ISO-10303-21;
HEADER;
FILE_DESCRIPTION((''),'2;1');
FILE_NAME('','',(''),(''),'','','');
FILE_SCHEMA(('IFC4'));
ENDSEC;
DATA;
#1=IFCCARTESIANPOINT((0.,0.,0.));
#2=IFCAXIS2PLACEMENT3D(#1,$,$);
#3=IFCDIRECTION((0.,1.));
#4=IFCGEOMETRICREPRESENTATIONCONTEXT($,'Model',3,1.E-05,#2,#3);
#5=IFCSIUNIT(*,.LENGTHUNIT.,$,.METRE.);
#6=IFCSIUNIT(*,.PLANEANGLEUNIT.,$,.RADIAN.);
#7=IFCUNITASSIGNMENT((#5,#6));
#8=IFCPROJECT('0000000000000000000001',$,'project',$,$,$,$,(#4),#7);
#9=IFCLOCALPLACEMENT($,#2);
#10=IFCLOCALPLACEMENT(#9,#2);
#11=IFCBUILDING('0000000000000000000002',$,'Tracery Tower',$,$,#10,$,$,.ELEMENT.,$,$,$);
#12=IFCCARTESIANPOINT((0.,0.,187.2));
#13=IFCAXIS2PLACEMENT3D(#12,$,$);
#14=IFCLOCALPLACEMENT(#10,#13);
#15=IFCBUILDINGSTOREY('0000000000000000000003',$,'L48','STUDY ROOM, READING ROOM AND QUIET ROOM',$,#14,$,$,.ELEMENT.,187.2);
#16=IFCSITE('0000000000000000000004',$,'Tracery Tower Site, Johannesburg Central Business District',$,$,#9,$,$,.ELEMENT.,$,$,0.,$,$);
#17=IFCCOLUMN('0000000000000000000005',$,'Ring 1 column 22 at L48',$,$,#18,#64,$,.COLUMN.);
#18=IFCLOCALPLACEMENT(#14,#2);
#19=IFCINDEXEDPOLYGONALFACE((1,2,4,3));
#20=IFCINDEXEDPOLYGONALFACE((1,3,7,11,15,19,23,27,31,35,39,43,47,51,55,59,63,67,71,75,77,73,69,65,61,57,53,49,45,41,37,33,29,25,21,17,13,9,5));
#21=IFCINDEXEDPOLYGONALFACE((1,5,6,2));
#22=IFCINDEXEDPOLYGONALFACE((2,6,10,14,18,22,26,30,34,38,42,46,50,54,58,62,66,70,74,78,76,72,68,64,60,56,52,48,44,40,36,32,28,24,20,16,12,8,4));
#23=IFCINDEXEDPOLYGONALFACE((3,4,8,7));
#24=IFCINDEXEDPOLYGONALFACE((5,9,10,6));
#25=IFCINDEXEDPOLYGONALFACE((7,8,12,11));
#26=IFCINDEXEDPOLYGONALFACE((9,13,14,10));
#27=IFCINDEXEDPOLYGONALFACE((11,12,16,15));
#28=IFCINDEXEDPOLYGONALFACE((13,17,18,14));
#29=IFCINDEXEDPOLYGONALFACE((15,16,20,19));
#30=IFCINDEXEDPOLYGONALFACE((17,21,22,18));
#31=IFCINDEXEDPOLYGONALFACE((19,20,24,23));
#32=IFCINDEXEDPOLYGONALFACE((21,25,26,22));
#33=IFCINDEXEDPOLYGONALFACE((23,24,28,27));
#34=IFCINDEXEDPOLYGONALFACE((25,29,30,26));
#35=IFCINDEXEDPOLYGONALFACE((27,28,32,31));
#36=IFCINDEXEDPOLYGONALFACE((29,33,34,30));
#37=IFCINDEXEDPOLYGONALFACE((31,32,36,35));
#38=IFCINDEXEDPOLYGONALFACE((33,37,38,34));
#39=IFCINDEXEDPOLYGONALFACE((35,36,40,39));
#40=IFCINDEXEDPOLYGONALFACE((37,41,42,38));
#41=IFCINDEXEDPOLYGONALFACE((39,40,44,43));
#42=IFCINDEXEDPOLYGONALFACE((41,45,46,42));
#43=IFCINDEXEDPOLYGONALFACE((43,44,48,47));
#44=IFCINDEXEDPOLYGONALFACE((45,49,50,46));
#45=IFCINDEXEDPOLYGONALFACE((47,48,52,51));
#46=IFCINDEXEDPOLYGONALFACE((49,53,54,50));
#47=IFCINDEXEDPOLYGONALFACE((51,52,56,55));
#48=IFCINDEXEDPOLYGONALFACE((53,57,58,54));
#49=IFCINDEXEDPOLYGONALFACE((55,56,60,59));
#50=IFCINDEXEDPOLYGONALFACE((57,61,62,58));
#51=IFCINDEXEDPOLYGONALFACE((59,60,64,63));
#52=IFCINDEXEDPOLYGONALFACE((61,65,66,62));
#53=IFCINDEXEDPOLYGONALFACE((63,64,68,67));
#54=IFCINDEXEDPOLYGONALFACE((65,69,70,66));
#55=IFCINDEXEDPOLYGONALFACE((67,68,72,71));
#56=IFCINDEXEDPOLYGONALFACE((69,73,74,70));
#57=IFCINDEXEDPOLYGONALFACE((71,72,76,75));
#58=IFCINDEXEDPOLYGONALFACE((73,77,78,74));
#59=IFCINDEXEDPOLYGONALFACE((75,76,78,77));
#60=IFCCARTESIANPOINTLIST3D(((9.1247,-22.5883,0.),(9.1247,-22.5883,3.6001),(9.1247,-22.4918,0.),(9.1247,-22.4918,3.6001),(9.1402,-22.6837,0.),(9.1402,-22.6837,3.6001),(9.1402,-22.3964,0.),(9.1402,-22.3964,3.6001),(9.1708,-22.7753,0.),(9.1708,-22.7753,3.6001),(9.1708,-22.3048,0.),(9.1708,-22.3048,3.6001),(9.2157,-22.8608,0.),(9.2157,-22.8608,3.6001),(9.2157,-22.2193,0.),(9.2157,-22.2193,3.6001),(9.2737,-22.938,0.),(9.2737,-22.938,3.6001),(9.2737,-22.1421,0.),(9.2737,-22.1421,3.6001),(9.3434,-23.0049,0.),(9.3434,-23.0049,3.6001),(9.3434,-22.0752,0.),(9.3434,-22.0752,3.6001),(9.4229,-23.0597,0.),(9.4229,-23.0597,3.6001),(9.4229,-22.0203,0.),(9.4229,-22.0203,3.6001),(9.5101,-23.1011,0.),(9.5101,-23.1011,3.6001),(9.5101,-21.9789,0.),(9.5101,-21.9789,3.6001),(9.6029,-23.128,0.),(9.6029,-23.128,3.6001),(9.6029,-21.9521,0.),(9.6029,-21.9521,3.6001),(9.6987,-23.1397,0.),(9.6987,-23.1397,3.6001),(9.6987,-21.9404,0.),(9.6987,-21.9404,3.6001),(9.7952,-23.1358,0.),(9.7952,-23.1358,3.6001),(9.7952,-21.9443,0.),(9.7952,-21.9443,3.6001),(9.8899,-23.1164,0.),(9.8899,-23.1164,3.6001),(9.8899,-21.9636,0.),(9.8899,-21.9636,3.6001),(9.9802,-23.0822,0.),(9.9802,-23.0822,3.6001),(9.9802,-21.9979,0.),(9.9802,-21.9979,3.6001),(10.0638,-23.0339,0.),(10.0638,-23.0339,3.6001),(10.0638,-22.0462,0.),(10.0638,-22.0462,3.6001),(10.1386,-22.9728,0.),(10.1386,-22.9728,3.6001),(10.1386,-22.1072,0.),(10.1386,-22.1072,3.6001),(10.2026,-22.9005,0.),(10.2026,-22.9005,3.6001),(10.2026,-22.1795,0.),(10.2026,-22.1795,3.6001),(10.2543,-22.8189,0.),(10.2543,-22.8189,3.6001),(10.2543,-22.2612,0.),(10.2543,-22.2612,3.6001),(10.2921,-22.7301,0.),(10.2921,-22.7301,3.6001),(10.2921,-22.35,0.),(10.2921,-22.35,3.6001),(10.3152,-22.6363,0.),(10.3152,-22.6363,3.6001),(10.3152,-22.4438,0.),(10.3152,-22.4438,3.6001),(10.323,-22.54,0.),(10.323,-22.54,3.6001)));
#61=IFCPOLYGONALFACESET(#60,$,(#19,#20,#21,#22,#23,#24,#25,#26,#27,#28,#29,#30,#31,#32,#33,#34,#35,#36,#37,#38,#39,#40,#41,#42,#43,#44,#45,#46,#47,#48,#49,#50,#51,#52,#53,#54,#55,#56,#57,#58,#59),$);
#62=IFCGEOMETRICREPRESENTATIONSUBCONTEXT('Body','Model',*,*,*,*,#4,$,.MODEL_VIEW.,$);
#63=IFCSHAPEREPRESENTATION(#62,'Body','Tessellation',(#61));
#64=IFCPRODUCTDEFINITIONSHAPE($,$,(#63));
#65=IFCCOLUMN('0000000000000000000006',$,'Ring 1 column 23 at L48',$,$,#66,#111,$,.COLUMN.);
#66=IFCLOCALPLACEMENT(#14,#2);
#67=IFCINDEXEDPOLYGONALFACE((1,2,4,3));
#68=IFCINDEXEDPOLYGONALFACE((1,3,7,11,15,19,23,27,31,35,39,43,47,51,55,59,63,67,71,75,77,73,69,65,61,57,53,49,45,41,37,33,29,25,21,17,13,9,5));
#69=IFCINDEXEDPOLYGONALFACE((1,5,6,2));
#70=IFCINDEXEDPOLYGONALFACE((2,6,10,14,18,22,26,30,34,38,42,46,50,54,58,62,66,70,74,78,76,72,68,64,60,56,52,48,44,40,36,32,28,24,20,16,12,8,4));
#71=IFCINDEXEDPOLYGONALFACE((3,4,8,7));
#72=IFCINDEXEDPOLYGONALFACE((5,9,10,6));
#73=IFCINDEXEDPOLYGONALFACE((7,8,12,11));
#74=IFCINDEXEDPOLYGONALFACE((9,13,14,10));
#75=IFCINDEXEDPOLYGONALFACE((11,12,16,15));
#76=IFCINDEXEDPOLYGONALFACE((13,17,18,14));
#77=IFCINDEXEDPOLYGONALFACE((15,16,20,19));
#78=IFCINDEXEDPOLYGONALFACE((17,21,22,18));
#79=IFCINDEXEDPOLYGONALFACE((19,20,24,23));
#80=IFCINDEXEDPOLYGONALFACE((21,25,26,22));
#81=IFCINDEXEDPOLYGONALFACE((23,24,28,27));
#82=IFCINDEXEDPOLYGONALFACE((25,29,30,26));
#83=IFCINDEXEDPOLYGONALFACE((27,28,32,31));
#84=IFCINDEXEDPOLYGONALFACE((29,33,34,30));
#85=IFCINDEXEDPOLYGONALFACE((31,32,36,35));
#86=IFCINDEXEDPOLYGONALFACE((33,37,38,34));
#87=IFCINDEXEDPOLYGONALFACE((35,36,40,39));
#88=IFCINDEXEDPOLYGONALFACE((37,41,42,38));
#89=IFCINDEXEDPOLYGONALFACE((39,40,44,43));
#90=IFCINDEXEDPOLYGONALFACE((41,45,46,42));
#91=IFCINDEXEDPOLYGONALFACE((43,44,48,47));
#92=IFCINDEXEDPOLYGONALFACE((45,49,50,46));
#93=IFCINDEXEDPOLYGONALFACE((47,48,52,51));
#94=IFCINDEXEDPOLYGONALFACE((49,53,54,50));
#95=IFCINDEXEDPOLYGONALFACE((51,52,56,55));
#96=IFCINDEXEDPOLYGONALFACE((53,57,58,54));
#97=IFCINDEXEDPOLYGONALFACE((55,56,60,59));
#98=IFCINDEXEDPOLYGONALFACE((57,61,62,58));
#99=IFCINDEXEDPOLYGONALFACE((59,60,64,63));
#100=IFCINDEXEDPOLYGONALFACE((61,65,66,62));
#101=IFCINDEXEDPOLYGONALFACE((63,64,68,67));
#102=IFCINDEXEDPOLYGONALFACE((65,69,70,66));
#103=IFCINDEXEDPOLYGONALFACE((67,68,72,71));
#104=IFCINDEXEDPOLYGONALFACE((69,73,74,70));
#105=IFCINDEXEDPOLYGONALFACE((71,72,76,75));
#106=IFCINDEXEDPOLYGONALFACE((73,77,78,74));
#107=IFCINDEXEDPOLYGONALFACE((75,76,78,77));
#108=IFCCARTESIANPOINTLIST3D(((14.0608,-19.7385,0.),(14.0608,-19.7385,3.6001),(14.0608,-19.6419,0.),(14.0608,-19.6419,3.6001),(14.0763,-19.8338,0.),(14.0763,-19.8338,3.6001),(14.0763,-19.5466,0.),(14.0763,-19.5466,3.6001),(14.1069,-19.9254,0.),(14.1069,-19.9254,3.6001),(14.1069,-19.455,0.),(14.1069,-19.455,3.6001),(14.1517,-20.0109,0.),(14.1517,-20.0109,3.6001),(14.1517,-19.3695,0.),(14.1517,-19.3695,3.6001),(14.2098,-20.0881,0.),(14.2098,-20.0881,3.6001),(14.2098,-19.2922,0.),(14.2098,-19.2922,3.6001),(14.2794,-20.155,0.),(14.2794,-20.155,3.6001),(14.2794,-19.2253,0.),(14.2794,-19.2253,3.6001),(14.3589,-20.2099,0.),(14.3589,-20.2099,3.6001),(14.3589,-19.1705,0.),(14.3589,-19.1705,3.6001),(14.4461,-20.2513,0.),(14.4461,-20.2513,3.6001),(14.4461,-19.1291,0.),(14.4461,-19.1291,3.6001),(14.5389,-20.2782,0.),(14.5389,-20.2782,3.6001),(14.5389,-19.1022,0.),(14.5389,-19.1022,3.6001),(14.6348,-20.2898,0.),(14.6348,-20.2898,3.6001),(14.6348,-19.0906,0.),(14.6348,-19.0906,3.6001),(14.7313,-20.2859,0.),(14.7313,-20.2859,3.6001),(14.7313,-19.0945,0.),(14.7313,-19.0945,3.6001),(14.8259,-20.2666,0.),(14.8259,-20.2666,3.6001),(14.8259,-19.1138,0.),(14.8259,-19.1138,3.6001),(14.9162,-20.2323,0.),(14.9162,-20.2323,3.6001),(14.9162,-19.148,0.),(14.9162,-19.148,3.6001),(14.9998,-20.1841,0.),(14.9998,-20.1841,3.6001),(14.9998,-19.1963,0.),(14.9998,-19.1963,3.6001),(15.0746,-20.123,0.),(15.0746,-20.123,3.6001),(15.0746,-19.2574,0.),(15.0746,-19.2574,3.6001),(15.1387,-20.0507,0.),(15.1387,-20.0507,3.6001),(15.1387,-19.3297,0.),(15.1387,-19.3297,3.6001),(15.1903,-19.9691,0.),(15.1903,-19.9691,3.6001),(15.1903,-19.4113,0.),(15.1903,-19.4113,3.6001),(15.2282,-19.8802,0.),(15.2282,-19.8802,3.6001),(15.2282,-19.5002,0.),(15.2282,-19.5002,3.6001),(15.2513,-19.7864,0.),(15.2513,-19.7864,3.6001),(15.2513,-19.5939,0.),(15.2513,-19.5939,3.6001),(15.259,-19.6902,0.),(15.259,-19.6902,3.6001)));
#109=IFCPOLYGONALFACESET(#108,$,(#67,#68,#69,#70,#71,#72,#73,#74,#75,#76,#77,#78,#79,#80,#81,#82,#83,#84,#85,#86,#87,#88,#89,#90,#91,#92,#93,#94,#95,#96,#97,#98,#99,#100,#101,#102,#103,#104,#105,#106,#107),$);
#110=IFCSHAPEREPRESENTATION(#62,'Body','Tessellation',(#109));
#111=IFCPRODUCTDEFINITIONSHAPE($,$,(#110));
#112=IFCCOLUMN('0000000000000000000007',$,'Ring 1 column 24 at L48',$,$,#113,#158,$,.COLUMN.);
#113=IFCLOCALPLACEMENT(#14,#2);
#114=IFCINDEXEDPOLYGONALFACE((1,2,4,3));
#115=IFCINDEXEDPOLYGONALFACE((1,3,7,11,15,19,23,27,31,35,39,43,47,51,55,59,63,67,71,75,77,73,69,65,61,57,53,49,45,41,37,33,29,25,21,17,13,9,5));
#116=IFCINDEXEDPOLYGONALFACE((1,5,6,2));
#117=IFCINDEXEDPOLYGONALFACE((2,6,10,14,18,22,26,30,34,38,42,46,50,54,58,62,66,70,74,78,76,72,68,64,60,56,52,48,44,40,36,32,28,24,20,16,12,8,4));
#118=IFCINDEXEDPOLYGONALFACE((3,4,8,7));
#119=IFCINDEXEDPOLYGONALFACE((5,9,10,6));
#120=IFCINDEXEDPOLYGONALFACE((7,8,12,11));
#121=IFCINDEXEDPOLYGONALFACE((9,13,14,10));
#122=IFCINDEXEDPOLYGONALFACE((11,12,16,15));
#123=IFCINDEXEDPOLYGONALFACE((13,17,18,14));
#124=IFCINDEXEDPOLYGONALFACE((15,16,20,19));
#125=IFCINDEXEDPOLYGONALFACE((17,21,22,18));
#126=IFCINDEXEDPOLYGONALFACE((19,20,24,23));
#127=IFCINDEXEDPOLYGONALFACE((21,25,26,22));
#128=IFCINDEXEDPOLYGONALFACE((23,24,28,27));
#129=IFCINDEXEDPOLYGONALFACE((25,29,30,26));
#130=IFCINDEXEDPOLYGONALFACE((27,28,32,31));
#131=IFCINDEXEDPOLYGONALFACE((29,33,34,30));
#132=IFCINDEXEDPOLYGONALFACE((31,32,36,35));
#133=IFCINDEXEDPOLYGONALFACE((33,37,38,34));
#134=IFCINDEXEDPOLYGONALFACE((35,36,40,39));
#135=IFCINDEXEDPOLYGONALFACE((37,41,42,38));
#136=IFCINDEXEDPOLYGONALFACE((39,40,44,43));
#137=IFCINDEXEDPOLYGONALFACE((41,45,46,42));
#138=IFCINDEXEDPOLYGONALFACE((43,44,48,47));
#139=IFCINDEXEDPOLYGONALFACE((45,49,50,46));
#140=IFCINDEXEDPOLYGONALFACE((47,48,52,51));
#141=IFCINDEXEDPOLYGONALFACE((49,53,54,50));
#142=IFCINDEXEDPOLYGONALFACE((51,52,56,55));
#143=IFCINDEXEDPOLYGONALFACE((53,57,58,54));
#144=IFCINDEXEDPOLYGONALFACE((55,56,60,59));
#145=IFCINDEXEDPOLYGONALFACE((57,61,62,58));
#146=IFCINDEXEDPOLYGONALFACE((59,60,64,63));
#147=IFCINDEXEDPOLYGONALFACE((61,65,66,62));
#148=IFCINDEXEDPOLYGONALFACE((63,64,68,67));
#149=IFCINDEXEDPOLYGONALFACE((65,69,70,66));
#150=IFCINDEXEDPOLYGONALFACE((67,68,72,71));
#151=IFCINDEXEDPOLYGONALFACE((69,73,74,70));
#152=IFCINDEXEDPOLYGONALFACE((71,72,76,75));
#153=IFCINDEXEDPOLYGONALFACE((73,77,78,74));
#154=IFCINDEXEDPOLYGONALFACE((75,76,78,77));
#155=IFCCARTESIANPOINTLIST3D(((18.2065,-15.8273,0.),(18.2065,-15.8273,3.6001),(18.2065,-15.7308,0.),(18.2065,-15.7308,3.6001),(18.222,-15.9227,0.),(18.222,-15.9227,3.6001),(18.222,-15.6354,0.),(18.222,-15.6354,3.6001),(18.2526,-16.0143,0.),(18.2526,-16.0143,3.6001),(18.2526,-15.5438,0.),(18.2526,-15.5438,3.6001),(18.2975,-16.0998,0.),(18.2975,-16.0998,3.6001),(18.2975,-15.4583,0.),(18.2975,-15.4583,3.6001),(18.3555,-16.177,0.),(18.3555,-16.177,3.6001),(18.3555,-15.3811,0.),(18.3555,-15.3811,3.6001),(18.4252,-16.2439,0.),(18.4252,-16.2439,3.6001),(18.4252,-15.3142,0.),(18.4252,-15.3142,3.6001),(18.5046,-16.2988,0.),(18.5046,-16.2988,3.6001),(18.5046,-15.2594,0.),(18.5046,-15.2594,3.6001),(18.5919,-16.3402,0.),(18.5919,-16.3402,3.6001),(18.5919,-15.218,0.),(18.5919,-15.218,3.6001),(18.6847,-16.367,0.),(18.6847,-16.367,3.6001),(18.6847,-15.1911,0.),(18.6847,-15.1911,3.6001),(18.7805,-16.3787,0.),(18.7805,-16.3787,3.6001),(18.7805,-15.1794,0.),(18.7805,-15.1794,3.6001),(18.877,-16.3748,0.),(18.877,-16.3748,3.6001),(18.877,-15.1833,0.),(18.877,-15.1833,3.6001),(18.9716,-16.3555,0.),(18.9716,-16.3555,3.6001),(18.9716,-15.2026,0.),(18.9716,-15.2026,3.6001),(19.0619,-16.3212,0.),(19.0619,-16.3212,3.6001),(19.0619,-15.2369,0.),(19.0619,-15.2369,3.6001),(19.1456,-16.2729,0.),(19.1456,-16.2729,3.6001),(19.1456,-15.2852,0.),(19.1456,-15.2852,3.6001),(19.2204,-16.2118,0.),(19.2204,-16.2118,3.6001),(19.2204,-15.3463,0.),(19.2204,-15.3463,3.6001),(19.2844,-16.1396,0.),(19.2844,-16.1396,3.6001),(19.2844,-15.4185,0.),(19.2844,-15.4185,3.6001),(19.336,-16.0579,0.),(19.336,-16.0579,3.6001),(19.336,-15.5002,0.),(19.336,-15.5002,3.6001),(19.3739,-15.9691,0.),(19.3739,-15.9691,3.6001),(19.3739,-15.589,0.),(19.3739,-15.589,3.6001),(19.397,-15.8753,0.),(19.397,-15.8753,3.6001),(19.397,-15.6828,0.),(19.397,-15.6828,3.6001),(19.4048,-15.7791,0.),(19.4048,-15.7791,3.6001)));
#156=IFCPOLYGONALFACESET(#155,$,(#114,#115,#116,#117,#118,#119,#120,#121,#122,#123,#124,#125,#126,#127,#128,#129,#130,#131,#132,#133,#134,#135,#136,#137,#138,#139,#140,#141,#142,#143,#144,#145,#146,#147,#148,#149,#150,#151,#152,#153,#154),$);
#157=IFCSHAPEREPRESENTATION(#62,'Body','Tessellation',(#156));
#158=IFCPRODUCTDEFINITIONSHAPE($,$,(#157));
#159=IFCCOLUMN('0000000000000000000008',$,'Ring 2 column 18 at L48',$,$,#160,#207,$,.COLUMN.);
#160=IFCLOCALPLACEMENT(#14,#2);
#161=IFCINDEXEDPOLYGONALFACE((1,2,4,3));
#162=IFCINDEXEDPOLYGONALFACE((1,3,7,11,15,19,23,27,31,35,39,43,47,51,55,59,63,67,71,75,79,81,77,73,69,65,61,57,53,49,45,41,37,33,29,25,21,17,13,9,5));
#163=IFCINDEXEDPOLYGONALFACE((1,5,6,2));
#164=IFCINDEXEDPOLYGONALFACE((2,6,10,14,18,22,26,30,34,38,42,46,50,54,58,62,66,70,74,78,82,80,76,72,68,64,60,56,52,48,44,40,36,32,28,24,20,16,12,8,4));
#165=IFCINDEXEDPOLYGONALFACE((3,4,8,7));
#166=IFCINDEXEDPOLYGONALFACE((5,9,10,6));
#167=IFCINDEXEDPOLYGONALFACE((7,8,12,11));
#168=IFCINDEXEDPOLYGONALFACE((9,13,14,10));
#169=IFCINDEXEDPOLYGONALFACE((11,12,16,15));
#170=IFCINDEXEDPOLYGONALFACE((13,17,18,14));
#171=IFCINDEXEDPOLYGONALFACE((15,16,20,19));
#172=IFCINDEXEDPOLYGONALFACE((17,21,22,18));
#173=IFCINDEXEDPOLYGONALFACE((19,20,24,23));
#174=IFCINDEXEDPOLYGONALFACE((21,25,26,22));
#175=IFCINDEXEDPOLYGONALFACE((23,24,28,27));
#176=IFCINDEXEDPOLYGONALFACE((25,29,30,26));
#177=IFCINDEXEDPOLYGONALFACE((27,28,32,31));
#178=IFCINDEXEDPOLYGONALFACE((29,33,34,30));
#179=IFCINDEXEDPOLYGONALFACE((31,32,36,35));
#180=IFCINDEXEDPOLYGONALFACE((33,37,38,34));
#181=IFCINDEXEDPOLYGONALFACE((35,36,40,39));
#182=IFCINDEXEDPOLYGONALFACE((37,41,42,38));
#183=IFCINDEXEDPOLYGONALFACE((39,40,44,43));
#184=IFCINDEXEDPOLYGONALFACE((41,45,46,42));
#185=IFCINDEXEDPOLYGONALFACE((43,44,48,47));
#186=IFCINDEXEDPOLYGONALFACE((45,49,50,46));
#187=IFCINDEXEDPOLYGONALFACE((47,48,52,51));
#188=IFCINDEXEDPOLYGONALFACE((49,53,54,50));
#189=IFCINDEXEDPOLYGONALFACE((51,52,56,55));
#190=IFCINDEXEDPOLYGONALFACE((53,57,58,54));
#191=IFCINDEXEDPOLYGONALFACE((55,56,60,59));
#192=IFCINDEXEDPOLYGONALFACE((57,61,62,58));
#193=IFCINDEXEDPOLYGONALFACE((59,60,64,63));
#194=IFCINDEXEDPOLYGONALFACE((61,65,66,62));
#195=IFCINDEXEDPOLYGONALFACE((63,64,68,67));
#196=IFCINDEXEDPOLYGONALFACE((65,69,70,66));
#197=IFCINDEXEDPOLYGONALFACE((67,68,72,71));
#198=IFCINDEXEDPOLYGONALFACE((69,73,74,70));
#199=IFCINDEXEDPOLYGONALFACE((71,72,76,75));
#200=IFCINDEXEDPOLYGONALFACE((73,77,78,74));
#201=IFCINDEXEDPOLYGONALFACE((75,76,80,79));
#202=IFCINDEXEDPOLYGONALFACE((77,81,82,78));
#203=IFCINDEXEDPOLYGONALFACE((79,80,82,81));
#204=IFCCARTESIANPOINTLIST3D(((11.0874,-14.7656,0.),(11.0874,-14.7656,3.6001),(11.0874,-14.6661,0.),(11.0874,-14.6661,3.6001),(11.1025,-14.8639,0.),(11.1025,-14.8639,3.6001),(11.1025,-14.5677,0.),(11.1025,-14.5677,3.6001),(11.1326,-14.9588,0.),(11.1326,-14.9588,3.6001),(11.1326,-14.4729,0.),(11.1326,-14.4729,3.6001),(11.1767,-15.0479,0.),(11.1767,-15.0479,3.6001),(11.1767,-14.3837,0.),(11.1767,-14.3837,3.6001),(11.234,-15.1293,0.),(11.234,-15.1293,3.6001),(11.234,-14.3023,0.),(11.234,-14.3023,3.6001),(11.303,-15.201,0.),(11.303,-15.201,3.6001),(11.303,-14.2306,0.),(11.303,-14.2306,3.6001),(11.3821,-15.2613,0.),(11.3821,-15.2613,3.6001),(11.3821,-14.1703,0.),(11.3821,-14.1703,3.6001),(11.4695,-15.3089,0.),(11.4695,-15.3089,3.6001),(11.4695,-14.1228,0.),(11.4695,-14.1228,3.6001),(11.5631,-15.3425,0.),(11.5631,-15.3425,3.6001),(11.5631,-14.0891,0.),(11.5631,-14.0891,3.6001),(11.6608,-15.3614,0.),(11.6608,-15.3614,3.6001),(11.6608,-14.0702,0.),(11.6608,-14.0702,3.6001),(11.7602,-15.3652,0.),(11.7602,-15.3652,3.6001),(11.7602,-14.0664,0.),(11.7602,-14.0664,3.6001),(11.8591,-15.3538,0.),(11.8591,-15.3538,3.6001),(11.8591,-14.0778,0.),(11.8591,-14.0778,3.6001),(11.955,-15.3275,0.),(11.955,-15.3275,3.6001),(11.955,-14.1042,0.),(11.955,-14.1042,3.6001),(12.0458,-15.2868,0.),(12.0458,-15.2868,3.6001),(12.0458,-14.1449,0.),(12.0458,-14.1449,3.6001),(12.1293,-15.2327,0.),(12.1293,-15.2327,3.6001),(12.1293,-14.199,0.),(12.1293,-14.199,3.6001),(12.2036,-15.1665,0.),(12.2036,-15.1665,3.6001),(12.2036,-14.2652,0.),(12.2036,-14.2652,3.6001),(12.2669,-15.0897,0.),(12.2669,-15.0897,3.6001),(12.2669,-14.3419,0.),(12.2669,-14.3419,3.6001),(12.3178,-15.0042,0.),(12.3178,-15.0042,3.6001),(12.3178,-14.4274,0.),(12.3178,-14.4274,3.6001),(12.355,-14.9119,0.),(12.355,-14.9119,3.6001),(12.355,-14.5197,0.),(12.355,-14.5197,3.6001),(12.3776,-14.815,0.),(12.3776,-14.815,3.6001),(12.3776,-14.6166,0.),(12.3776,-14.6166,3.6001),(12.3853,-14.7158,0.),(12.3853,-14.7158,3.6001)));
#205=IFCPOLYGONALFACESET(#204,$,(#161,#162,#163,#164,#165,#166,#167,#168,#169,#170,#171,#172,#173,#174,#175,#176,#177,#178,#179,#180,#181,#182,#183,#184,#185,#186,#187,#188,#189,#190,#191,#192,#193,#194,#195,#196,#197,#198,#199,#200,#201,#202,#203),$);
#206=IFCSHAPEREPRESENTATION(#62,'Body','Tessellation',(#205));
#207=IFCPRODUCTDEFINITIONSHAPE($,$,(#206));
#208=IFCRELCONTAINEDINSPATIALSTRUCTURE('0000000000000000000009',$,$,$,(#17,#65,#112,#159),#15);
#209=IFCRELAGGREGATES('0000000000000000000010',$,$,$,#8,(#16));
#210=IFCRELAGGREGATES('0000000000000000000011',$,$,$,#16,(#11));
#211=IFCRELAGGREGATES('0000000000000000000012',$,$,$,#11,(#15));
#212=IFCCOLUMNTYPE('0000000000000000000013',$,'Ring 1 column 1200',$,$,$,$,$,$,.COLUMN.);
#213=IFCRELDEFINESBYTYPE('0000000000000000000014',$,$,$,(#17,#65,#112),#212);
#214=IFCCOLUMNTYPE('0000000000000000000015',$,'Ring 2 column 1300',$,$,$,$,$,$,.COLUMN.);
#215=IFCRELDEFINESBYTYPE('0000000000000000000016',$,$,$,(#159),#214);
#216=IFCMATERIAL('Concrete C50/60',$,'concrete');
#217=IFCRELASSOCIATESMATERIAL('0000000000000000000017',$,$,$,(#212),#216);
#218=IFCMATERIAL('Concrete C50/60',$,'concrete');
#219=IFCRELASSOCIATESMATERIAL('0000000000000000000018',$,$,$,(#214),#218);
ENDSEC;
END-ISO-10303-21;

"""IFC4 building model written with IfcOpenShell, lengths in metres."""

from ifc_helpers import new_model, si_unit, direction, frame, origin, origin_2d, place, context, subcontext, project, spatial, circle, extrude, material, material_profile, profile_set, type_object, element, save


model = new_model("IFC4")

# Units and contexts
model_context = context("Model", 3, precision=1e-05, world=origin(), true_north=direction((0.0, 1.0)))
body_context = subcontext(model_context, "Body", "Model", "MODEL_VIEW")
ifc_project = project(units=[si_unit("LENGTHUNIT", "METRE"), si_unit("PLANEANGLEUNIT", "RADIAN")], contexts=[model_context])

# Site, building, storey
site_placement = place(None, origin())
site = spatial("IfcSite", under=ifc_project, at=site_placement, Name="Tracery Tower Site, Johannesburg Central Business District", CompositionType="ELEMENT", RefElevation=0.0)
building_placement = place(site_placement, origin())
building = spatial("IfcBuilding", under=site, at=building_placement, Name="Tracery Tower", CompositionType="ELEMENT")
storey_placement = place(building_placement, frame((0.0, 0.0, 187.2)))
storey = spatial("IfcBuildingStorey", under=building, at=storey_placement, Name="L48", Description="STUDY ROOM, READING ROOM AND QUIET ROOM", CompositionType="ELEMENT", Elevation=187.2)

# Columns
ifc_material_1 = material(Name="Concrete C50/60", Category="concrete")
ifc_material_profile_1 = material_profile(ifc_material_1, circle(Radius=0.6001, at=origin_2d()), Name="RC D1200")
ifc_profile_set_1 = profile_set([ifc_material_profile_1], Name="Concrete C50/60")
column_type_1 = type_object("IfcColumnType", Name="Ring 1 column 1200", PredefinedType="COLUMN", material=ifc_profile_set_1)
for number, where, z_axis, x_axis, name in (
    (1, (9.7229, -22.54, 0.0), (0.0, 0.0, 1.0), (1.0, 0.0, 0.0), "Ring 1 column 22 at L48"),
    (2, (14.6589, -19.6902, 0.0), (0.0, 0.0, 1.0), (1.0, 0.0, 0.0), "Ring 1 column 23 at L48"),
    (3, (18.8047, -15.7791, 0.0), (0.0, 0.0, 1.0), (1.0, 0.0, 0.0), "Ring 1 column 24 at L48"),
):
    element("IfcColumn", number, at=place(storey_placement, frame(where, z_axis=z_axis, x_axis=x_axis)), inside=storey, type_object=column_type_1, Name=name, PredefinedType="COLUMN", context=body_context, shape_type="SweptSolid", body=[
        extrude(circle(Radius=0.6001, at=origin_2d()), origin(), (0.0, 0.0, 1.0), 3.6001),
    ])
ifc_material_2 = material(Name="Concrete C50/60", Category="concrete")
ifc_material_profile_2 = material_profile(ifc_material_2, circle(Radius=0.6499, at=origin_2d()), Name="RC D1300")
ifc_profile_set_2 = profile_set([ifc_material_profile_2], Name="Concrete C50/60")
column_type_2 = type_object("IfcColumnType", Name="Ring 2 column 1300", PredefinedType="COLUMN", material=ifc_profile_set_2)
column_placement = place(storey_placement, frame((11.7354, -14.7158, 0.0), z_axis=(0.0, 0.0, 1.0), x_axis=(1.0, 0.0, 0.0)))
element("IfcColumn", 4, at=column_placement, inside=storey, type_object=column_type_2, Name="Ring 2 column 18 at L48", PredefinedType="COLUMN", context=body_context, shape_type="SweptSolid", body=[
    extrude(circle(Radius=0.6499, at=origin_2d()), origin(), (0.0, 0.0, 1.0), 3.6001),
])

save(model, "model.ifc")
